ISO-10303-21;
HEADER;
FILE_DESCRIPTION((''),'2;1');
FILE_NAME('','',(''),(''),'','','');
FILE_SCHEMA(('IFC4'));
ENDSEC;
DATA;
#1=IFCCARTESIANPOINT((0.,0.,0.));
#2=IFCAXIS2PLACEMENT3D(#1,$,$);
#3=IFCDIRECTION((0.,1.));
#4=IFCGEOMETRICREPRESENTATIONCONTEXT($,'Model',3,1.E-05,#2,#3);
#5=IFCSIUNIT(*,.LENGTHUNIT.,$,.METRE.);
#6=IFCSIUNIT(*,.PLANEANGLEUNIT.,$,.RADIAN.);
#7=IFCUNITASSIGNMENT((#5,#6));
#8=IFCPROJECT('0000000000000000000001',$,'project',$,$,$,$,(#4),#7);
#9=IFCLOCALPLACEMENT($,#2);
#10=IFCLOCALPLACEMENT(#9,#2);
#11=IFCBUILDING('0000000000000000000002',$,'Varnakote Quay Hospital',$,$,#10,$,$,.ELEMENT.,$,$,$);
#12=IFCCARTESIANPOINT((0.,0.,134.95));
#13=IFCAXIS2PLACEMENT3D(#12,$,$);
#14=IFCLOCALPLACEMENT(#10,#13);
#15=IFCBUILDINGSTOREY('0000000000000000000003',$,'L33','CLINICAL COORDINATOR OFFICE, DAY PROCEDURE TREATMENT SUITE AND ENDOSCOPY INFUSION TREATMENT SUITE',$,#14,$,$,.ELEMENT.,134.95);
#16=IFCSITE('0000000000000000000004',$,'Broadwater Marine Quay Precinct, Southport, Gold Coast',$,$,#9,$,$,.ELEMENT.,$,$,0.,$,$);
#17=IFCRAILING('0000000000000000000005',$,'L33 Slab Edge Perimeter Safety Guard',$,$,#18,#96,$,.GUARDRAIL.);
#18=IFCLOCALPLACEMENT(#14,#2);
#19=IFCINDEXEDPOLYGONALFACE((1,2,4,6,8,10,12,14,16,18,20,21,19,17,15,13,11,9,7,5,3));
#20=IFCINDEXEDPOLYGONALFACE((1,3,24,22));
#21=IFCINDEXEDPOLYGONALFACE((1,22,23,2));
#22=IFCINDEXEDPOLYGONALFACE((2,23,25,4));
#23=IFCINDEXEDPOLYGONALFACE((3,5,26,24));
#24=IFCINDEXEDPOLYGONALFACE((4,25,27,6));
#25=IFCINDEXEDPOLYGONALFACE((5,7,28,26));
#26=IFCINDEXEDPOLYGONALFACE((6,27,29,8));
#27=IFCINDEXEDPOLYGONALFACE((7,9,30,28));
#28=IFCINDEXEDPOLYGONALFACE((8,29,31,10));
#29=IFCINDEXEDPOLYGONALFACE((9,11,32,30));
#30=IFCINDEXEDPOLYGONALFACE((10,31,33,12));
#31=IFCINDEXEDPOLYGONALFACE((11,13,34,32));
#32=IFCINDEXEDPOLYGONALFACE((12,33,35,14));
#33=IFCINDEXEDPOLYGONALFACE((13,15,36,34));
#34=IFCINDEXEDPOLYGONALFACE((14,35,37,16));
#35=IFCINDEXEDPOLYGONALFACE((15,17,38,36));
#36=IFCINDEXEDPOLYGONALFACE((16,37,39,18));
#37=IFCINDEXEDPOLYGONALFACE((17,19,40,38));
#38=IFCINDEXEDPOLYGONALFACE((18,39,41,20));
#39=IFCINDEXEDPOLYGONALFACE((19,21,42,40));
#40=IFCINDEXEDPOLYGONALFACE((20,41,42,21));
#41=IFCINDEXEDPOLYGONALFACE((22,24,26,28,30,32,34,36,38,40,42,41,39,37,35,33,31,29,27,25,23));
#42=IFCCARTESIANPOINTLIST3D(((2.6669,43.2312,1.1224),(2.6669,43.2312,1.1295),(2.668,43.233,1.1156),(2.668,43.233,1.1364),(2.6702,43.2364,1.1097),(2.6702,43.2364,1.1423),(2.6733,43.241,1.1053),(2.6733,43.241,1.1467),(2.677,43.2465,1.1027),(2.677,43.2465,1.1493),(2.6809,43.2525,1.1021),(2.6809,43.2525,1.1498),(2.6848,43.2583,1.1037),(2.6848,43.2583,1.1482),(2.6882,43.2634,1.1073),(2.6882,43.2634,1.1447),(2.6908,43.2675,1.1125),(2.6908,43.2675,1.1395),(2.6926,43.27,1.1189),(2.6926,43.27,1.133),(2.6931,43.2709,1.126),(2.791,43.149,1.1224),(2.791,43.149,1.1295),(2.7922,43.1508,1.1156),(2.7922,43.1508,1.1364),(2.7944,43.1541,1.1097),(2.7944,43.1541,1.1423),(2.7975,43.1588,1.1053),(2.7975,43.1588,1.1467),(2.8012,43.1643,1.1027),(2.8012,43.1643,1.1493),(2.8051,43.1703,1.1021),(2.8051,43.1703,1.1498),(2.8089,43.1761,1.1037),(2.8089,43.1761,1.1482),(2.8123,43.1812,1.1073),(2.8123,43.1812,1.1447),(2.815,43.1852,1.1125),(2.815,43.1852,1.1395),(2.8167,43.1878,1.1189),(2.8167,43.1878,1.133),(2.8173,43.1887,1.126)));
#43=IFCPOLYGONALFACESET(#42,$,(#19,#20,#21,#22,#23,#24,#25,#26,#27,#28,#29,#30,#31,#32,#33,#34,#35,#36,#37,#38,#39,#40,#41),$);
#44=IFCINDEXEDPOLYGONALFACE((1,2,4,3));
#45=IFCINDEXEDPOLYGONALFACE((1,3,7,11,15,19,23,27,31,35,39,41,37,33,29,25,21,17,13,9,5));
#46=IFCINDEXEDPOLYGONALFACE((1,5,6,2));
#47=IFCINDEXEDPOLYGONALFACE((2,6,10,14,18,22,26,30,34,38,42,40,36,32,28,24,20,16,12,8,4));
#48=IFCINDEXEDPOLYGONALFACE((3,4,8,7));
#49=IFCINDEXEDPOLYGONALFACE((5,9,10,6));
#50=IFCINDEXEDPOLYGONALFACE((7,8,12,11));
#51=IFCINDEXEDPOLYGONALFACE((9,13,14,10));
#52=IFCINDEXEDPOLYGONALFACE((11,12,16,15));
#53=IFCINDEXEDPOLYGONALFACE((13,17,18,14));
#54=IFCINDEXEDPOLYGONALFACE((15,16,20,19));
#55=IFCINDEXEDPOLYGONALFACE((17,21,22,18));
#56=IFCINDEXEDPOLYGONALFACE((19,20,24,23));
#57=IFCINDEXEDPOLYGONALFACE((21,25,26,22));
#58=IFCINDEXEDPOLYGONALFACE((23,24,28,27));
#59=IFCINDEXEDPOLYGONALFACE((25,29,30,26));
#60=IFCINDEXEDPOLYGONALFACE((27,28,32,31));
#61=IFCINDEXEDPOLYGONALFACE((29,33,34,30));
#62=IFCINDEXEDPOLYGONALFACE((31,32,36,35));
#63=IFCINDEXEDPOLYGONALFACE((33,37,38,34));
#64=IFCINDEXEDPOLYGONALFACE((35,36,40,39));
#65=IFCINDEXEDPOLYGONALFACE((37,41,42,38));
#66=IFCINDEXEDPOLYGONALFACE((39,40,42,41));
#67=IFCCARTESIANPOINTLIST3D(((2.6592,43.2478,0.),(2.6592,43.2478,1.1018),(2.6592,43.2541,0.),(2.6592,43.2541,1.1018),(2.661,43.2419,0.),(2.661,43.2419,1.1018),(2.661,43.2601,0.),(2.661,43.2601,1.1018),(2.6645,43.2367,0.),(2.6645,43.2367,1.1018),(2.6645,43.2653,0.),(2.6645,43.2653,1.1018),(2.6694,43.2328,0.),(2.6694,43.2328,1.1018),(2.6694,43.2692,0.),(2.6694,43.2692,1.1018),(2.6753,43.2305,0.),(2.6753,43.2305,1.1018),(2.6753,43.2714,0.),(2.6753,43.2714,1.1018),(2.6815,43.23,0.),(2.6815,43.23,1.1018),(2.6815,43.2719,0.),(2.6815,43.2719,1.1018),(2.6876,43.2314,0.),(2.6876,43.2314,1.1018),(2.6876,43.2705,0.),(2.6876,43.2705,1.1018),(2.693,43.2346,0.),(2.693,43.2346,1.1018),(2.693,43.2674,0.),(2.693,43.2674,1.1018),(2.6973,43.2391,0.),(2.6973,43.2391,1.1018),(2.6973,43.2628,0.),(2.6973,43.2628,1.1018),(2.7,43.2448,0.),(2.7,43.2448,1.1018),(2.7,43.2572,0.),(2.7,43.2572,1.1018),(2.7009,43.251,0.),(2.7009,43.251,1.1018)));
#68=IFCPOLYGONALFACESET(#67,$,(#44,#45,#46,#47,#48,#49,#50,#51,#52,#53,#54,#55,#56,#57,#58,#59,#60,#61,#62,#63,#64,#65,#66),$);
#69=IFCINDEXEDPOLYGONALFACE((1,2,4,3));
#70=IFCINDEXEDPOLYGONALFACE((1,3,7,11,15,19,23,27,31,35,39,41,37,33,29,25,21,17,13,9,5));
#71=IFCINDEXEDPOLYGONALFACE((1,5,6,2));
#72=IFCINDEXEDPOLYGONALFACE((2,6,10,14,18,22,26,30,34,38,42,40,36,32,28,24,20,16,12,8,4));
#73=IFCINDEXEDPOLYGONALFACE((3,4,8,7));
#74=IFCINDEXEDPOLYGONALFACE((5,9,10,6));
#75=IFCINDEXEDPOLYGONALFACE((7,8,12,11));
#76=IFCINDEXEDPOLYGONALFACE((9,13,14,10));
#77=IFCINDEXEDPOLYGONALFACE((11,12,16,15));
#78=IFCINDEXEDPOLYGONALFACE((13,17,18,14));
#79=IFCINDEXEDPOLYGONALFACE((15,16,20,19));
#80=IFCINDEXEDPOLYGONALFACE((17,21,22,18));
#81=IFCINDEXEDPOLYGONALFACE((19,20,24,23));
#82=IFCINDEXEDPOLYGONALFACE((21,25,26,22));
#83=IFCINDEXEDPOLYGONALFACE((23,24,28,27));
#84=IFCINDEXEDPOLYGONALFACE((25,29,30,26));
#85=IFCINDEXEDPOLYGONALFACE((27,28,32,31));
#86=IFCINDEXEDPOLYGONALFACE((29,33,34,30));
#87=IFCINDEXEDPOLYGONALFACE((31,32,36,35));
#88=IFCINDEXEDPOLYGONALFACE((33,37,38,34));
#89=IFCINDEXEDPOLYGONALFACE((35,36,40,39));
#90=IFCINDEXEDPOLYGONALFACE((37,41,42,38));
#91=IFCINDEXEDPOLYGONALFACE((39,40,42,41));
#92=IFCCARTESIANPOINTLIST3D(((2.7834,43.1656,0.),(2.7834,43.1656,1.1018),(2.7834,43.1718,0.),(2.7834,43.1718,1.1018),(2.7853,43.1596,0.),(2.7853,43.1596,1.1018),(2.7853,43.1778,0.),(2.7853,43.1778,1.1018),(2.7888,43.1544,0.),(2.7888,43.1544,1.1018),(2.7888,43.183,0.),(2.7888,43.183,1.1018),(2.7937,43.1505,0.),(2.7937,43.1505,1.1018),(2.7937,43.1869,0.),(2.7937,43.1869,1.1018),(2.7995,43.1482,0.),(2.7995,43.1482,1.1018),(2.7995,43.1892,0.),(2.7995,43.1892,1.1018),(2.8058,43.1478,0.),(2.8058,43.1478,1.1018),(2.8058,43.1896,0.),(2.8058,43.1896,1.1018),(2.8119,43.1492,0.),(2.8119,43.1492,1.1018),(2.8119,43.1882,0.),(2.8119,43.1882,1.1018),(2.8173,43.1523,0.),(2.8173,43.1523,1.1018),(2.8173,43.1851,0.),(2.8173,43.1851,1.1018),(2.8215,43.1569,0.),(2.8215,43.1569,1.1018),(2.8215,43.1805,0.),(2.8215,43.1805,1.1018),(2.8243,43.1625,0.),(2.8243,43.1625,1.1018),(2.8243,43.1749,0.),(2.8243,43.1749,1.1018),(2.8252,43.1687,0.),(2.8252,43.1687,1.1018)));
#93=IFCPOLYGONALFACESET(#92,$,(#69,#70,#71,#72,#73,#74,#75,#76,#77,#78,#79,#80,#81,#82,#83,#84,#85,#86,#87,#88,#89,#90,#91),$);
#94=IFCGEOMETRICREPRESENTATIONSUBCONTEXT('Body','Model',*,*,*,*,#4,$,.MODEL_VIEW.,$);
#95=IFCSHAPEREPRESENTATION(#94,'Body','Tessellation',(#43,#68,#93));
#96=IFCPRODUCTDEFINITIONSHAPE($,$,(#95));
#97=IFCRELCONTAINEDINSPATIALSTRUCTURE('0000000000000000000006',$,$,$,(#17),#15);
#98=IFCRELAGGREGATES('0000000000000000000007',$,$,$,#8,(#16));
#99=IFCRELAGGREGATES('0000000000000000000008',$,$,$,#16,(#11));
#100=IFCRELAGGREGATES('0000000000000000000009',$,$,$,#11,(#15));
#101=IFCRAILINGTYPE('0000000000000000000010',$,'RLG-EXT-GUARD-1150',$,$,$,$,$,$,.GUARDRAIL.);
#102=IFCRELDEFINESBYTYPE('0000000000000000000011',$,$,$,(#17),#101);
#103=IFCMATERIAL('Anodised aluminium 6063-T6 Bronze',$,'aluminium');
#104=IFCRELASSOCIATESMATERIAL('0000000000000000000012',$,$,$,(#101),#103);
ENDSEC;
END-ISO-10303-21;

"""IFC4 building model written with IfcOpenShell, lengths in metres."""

from ifc_helpers import new_model, si_unit, direction, frame, origin, origin_2d, place, context, subcontext, project, spatial, circle, extrude, material, type_object, element, save


model = new_model("IFC4")

# Units and contexts
model_context = context("Model", 3, precision=1e-05, world=origin(), true_north=direction((0.0, 1.0)))
body_context = subcontext(model_context, "Body", "Model", "MODEL_VIEW")
ifc_project = project(units=[si_unit("LENGTHUNIT", "METRE"), si_unit("PLANEANGLEUNIT", "RADIAN")], contexts=[model_context])

# Site, building, storey
site_placement = place(None, origin())
site = spatial("IfcSite", under=ifc_project, at=site_placement, Name="Broadwater Marine Quay Precinct, Southport, Gold Coast", CompositionType="ELEMENT", RefElevation=0.0)
building_placement = place(site_placement, origin())
building = spatial("IfcBuilding", under=site, at=building_placement, Name="Varnakote Quay Hospital", CompositionType="ELEMENT")
storey_placement = place(building_placement, frame((0.0, 0.0, 134.95)))
storey = spatial("IfcBuildingStorey", under=building, at=storey_placement, Name="L33", Description="CLINICAL COORDINATOR OFFICE, DAY PROCEDURE TREATMENT SUITE AND ENDOSCOPY INFUSION TREATMENT SUITE", CompositionType="ELEMENT", Elevation=134.95)

# Railing
ifc_material_1 = material(Name="Anodised aluminium 6063-T6 Bronze", Category="aluminium")
railing_type = type_object("IfcRailingType", Name="RLG-EXT-GUARD-1150", PredefinedType="GUARDRAIL", material=ifc_material_1)
railing_1_placement = place(storey_placement, frame((2.6799, 43.251, 0.0)))
element("IfcRailing", 1, at=railing_1_placement, inside=storey, type_object=railing_type, Name="L33 Slab Edge Perimeter Safety Guard", PredefinedType="GUARDRAIL", context=body_context, shape_type="SweptSolid", body=[
    extrude(circle(Radius=0.0239, at=origin_2d()), frame((0.0, 0.0, 1.126), z_axis=(0.83381, -0.552051, 0.0), x_axis=(0.552051, 0.83381, 0.0)), (0.0, 0.0, 1.0), 0.1489),
    extrude(circle(Radius=0.021, at=origin_2d()), origin(), (0.0, 0.0, 1.0), 1.1018),
    extrude(circle(Radius=0.021, at=origin_2d()), frame((0.1243, -0.0823, 0.0)), (0.0, 0.0, 1.0), 1.1018),
])

save(model, "model.ifc")
